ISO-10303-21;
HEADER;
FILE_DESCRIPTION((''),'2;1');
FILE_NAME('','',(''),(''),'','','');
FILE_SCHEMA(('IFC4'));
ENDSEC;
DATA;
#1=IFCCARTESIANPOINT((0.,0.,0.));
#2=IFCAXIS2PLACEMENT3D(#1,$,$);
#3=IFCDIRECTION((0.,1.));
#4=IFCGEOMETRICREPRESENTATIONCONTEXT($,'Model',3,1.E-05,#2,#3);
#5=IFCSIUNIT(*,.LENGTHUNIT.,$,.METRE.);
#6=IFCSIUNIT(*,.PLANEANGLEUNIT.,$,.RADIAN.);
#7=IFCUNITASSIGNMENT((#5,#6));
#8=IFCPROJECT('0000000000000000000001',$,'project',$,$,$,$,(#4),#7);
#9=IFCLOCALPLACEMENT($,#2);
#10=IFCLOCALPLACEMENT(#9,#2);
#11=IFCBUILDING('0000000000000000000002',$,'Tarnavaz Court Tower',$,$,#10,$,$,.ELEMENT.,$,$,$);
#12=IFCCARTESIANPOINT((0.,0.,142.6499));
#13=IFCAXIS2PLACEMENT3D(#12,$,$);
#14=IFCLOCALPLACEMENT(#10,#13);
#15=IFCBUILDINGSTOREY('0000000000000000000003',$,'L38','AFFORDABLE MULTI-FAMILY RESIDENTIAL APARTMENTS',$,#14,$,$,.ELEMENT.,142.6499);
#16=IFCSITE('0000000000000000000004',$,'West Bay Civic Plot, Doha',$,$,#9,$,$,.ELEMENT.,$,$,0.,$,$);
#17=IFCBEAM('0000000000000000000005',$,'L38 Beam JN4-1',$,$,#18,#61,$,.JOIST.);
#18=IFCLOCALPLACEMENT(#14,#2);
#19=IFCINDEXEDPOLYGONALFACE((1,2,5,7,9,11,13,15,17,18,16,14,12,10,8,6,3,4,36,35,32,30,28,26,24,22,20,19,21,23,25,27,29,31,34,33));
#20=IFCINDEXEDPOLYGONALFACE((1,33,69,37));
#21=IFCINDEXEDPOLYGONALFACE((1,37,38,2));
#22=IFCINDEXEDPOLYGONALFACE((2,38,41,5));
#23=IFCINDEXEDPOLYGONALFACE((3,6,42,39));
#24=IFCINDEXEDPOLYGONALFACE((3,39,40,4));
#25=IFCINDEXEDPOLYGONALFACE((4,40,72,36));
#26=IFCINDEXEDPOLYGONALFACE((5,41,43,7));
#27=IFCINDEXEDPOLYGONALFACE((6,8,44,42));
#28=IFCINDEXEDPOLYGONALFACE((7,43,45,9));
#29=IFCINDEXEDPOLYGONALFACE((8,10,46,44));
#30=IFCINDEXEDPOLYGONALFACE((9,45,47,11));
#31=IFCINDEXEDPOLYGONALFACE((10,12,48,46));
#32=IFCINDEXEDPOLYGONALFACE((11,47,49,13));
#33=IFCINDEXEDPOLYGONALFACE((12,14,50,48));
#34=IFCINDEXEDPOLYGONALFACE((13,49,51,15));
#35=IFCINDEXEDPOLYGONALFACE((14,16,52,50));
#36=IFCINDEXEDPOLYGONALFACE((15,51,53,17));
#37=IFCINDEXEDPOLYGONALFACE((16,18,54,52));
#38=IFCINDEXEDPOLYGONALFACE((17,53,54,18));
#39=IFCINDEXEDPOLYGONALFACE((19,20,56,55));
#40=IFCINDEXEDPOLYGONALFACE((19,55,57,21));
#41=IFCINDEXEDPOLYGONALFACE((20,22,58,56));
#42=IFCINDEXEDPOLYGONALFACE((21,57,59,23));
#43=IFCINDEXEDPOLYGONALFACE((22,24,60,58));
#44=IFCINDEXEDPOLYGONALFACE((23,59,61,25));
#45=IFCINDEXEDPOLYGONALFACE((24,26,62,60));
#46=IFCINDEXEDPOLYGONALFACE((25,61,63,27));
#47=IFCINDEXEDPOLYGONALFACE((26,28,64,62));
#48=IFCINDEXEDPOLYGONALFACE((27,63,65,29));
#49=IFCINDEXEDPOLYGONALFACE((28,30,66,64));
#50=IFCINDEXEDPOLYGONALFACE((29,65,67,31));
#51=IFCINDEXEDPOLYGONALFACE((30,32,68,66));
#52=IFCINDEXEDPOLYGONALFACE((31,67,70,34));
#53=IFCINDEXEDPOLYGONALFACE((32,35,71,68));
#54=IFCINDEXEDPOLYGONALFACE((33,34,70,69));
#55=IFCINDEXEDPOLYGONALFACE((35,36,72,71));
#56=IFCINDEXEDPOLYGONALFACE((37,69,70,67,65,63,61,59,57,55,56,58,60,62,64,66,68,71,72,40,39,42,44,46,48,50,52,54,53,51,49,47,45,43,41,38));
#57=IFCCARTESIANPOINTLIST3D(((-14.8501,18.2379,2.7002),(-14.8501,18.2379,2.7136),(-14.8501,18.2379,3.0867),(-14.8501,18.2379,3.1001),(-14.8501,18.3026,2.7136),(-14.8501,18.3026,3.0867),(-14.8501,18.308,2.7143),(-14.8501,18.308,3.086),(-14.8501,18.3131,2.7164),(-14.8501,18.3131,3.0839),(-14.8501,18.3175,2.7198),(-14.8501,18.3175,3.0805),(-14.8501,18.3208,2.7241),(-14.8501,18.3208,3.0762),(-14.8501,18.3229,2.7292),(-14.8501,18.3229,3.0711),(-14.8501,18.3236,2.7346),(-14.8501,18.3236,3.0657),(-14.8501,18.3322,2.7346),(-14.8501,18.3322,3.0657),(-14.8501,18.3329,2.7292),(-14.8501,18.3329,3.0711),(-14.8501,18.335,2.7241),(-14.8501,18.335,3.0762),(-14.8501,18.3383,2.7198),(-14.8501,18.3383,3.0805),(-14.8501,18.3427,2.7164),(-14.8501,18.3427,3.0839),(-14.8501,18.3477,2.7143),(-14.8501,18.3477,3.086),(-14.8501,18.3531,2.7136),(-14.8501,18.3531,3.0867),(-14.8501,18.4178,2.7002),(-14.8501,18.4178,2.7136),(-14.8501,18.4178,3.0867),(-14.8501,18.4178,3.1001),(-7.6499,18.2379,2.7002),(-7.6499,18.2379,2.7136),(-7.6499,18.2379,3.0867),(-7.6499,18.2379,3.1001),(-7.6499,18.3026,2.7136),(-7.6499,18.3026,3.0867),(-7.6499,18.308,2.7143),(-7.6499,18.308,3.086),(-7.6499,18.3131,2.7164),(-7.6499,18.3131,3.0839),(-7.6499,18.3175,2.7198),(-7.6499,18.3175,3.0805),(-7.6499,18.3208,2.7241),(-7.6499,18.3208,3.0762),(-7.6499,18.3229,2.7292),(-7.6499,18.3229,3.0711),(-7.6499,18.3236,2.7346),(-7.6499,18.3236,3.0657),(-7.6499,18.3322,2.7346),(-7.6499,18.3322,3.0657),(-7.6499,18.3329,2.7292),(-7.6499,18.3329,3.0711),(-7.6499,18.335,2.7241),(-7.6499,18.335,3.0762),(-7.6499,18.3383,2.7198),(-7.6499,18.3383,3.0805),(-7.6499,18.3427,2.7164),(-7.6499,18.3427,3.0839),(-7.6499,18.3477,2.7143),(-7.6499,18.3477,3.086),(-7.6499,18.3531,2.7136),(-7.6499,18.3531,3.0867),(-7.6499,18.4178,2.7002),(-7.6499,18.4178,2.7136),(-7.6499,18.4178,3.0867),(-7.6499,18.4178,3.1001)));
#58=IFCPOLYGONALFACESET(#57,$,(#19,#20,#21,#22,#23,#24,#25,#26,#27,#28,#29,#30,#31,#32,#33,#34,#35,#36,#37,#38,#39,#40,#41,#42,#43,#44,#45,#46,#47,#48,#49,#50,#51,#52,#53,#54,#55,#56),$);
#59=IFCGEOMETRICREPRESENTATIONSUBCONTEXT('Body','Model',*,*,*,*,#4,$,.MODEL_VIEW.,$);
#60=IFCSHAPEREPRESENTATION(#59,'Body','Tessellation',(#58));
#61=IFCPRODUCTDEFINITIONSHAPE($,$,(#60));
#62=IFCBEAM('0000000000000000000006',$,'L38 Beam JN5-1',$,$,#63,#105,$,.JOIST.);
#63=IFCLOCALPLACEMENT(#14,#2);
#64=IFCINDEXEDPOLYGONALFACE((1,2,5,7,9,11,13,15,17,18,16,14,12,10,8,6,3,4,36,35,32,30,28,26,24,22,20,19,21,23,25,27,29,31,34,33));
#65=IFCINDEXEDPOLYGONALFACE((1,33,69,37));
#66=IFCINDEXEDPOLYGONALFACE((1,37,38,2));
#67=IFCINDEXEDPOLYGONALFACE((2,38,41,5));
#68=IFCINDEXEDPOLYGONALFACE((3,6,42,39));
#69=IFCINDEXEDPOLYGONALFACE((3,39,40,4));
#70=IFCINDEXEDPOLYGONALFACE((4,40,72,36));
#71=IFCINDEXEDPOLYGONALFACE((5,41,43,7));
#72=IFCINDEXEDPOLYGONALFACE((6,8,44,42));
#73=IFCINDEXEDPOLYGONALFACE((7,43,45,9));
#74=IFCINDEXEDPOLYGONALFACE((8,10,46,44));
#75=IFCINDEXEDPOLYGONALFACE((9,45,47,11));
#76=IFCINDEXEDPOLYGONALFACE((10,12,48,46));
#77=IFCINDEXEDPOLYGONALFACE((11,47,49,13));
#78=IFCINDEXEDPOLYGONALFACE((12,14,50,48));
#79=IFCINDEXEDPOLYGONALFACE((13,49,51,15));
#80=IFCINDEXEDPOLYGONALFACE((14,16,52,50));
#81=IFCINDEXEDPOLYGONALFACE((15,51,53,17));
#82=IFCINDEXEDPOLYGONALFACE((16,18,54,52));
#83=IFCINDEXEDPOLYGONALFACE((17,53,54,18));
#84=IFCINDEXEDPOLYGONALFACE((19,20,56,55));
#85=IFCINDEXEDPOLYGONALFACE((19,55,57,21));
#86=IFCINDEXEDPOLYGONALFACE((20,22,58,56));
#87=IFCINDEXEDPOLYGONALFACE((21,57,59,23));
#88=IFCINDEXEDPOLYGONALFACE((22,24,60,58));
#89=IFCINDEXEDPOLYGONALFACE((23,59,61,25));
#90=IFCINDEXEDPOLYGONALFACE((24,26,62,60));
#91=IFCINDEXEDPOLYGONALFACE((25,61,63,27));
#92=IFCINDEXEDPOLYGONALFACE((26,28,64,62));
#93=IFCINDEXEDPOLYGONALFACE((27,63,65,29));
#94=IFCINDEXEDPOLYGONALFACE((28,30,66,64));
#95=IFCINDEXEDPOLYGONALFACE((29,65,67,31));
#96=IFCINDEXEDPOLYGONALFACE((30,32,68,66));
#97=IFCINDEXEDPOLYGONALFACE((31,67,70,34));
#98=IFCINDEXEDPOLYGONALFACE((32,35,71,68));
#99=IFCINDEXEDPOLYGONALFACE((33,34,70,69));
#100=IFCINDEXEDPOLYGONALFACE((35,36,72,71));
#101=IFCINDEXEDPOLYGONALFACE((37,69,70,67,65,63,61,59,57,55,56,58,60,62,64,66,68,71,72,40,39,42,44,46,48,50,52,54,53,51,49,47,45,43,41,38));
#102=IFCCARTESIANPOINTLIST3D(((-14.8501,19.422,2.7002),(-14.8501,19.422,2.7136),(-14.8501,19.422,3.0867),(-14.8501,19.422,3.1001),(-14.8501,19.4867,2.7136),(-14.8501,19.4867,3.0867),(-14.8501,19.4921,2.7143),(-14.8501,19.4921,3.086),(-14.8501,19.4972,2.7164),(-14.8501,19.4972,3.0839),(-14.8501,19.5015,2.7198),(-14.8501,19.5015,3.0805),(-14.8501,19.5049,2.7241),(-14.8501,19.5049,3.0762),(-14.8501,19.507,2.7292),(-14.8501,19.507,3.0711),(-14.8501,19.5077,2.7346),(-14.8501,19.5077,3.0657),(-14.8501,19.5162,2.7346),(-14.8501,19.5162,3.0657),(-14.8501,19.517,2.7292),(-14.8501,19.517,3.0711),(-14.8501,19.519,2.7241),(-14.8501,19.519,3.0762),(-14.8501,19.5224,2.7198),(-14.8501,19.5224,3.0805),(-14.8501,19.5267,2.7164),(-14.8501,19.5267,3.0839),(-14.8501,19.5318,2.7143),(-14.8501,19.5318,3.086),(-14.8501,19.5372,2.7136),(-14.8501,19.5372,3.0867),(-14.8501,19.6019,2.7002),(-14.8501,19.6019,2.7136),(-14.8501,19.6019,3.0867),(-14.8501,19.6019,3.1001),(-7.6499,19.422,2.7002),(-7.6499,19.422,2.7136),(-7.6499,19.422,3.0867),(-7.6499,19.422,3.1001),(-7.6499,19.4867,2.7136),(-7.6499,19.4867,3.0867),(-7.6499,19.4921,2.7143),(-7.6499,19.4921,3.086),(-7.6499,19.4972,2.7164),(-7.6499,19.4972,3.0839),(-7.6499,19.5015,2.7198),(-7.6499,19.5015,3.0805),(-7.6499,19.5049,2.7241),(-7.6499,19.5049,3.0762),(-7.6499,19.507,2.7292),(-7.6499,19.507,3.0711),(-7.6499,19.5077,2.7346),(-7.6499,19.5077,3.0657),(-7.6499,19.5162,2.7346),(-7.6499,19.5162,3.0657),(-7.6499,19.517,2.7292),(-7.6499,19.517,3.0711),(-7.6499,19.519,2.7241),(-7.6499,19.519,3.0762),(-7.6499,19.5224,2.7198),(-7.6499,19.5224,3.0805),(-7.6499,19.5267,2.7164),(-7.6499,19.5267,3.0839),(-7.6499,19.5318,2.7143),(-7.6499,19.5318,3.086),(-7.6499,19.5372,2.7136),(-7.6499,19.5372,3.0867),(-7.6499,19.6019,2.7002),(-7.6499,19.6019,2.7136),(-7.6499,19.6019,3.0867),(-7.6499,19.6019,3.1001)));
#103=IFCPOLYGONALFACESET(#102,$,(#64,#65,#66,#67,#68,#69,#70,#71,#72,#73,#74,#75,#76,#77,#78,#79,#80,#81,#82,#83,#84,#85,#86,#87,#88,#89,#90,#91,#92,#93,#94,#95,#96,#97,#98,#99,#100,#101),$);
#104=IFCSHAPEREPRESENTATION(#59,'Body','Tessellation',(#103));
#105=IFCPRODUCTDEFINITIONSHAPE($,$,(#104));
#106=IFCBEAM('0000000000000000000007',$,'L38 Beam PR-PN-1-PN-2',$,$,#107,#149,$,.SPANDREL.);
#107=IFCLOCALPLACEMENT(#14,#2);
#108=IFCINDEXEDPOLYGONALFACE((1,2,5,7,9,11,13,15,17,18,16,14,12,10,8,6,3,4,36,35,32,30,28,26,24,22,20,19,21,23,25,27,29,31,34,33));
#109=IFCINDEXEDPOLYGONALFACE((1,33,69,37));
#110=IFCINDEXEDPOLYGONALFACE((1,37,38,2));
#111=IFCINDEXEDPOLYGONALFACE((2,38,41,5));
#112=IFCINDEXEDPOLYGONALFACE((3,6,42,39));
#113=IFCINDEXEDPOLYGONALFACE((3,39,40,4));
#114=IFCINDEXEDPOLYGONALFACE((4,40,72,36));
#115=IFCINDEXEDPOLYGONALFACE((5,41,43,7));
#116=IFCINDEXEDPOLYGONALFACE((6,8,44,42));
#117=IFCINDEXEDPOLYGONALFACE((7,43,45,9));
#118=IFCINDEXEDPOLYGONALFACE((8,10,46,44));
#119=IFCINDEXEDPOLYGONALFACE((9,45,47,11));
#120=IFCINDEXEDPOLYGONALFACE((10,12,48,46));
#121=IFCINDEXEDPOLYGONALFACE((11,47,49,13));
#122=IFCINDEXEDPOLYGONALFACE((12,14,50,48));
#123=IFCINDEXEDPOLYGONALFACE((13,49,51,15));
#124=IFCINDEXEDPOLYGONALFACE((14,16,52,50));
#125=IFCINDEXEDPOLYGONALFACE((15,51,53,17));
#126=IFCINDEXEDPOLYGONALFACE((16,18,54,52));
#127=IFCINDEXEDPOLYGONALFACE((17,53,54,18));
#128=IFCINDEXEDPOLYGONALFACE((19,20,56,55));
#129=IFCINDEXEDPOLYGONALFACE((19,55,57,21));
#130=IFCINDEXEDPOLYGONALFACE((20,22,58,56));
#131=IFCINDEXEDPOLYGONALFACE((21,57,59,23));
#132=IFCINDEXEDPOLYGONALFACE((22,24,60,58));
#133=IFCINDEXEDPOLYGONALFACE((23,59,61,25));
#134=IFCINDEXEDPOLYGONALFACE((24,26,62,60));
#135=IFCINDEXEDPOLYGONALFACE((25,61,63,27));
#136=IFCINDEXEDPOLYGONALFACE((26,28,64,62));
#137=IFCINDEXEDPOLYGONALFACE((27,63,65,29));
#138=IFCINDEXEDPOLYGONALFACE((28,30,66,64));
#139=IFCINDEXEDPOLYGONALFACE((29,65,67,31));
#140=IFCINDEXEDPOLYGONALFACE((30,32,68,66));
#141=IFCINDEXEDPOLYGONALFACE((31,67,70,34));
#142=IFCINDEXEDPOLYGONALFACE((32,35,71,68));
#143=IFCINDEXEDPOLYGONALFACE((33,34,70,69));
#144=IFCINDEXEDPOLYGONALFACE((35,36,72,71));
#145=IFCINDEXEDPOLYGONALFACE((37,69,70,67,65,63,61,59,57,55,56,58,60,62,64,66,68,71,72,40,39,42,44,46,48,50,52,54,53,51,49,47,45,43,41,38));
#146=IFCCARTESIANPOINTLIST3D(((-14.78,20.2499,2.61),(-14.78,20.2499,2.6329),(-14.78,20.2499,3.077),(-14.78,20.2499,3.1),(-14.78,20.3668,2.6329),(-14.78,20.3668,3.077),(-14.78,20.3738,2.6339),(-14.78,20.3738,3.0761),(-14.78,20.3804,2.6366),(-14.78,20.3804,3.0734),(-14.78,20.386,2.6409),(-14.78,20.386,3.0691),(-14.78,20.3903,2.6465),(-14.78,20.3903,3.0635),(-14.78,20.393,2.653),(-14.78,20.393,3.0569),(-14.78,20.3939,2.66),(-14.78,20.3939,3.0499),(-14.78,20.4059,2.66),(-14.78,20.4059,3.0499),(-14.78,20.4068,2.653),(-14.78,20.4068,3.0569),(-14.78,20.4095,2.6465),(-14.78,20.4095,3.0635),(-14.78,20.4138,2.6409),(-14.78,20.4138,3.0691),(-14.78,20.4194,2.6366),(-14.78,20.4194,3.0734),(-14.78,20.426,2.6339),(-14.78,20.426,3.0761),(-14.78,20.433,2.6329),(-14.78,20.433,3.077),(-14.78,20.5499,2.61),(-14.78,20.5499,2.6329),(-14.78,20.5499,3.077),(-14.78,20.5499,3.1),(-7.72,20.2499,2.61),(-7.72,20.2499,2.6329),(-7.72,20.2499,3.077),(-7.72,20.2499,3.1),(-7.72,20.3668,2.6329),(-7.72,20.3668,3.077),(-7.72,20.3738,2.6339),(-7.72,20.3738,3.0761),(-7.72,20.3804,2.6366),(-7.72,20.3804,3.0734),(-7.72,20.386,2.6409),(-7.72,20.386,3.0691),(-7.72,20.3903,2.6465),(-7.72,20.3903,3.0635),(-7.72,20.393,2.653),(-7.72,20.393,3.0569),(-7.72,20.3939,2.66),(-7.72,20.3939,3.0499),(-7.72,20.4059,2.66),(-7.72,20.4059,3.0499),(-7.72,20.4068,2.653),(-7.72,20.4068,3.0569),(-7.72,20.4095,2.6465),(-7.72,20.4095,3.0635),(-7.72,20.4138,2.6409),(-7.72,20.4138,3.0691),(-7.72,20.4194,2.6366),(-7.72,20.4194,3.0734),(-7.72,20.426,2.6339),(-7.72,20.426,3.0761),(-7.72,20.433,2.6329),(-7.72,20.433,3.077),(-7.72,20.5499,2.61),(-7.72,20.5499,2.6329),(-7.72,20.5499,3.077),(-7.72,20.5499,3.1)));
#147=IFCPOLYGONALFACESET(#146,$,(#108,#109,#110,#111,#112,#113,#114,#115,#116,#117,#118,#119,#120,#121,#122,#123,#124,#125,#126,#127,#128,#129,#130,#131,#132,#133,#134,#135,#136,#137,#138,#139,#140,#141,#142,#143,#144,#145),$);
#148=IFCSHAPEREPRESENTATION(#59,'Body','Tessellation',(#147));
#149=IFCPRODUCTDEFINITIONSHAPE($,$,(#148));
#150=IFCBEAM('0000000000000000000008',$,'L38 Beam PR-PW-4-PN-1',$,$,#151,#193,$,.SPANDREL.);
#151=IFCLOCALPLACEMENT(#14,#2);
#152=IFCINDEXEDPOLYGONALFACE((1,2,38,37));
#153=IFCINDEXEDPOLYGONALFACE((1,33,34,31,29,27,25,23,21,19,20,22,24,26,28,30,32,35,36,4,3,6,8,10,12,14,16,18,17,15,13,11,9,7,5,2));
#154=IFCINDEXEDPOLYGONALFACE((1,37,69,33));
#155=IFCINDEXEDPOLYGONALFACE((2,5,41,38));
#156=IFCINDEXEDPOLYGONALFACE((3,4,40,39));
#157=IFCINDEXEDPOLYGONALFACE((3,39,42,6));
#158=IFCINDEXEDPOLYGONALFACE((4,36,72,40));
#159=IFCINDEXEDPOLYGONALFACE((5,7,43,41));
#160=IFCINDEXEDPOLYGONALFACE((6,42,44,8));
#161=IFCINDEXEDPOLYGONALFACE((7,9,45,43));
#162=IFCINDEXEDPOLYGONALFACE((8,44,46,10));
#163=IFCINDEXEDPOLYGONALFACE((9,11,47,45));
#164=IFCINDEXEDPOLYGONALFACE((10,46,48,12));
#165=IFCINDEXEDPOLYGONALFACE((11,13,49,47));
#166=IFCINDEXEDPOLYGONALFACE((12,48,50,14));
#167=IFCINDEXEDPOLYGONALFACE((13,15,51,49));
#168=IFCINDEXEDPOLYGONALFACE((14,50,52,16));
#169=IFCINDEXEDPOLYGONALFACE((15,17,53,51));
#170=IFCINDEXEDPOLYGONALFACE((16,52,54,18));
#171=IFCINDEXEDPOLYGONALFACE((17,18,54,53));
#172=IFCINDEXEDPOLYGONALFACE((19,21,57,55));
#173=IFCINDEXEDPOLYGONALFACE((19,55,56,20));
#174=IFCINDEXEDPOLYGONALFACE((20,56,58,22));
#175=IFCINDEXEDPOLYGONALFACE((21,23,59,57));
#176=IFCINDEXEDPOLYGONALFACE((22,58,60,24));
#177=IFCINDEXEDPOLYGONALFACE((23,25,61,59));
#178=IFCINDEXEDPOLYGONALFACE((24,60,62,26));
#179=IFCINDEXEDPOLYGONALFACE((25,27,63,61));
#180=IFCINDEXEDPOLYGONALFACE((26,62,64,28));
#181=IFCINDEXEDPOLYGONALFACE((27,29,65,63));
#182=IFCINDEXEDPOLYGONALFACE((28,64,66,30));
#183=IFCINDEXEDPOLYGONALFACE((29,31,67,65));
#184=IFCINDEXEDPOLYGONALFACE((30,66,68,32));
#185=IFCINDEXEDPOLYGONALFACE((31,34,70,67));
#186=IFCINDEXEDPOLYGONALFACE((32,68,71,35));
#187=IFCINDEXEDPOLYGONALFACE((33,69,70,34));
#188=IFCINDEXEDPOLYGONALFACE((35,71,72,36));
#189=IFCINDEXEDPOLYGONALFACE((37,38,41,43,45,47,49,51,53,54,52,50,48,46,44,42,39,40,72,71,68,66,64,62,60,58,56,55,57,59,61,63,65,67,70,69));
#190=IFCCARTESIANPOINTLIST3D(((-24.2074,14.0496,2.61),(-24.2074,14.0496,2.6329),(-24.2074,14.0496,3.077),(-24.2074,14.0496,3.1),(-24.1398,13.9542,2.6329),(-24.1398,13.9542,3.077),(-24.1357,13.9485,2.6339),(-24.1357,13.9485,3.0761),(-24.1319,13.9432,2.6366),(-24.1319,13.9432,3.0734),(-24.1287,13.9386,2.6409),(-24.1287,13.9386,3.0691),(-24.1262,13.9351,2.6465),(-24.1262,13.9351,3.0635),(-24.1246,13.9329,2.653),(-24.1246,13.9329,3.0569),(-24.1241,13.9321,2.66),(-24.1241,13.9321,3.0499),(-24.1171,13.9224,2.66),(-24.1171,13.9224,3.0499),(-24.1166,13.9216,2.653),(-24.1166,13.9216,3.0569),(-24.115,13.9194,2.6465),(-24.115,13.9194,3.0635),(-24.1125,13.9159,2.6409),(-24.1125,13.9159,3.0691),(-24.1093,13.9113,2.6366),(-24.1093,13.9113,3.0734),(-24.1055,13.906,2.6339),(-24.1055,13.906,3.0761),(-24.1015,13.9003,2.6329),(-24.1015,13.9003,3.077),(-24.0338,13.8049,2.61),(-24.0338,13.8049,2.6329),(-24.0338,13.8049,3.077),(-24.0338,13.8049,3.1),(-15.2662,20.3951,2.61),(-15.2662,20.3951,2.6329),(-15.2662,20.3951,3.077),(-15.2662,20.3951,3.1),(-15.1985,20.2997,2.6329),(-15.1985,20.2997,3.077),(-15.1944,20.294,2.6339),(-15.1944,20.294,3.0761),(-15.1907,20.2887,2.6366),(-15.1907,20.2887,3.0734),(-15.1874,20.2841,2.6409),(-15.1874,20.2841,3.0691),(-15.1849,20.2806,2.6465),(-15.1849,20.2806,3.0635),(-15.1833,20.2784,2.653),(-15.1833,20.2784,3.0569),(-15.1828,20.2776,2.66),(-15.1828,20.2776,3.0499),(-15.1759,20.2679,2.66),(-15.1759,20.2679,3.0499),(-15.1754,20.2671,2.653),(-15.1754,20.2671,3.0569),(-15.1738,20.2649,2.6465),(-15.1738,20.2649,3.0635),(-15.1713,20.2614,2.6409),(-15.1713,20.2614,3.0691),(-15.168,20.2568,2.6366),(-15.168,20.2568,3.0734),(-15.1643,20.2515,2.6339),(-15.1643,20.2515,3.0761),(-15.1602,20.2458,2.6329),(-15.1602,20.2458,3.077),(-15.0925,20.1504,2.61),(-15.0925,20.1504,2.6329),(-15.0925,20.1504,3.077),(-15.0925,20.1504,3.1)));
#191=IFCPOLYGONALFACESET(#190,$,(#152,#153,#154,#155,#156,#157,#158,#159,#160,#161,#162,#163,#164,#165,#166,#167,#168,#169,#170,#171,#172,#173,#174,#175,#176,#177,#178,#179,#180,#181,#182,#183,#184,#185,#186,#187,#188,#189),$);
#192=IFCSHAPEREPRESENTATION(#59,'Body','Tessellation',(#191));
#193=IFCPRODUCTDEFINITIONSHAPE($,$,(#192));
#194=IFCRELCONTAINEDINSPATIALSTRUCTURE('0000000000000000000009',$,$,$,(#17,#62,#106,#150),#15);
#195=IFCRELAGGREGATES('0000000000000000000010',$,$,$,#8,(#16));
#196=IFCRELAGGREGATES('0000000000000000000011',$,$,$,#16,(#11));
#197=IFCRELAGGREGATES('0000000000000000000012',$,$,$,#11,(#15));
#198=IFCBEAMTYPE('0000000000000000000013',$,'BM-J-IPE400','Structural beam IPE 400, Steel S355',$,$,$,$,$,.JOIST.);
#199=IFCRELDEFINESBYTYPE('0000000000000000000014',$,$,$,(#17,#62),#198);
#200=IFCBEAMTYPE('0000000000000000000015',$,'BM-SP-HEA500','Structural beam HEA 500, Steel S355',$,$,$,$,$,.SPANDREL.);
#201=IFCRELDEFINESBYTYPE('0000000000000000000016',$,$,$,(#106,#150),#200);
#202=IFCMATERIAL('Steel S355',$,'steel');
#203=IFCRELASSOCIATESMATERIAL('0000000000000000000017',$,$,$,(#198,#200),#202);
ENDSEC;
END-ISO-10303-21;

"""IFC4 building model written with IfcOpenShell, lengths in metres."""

from ifc_helpers import new_model, si_unit, direction, frame, origin, origin_2d, place, context, subcontext, project, spatial, i_section, extrude, material, material_profile, profile_set, type_object, element, save


model = new_model("IFC4")

# Units and contexts
model_context = context("Model", 3, precision=1e-05, world=origin(), true_north=direction((0.0, 1.0)))
body_context = subcontext(model_context, "Body", "Model", "MODEL_VIEW")
ifc_project = project(units=[si_unit("LENGTHUNIT", "METRE"), si_unit("PLANEANGLEUNIT", "RADIAN")], contexts=[model_context])

# Site, building, storey
site_placement = place(None, origin())
site = spatial("IfcSite", under=ifc_project, at=site_placement, Name="West Bay Civic Plot, Doha", CompositionType="ELEMENT", RefElevation=0.0)
building_placement = place(site_placement, origin())
building = spatial("IfcBuilding", under=site, at=building_placement, Name="Tarnavaz Court Tower", CompositionType="ELEMENT")
storey_placement = place(building_placement, frame((0.0, 0.0, 142.6499)))
storey = spatial("IfcBuildingStorey", under=building, at=storey_placement, Name="L38", Description="AFFORDABLE MULTI-FAMILY RESIDENTIAL APARTMENTS", CompositionType="ELEMENT", Elevation=142.6499)

# Beams
ifc_material_1 = material(Name="Steel S355", Category="steel")
ifc_material_profile_1 = material_profile(ifc_material_1, i_section(OverallWidth=0.1799, OverallDepth=0.3999, WebThickness=0.0085, FlangeThickness=0.0134, FilletRadius=0.021, at=origin_2d()), Name="IPE 400")
ifc_profile_set_1 = profile_set([ifc_material_profile_1], Name="Steel S355")
beam_type_1 = type_object("IfcBeamType", Name="BM-J-IPE400", Description="Structural beam IPE 400, Steel S355", PredefinedType="JOIST", material=ifc_profile_set_1)
for number, where, z_axis, x_axis, name in (
    (1, (-14.8501, 18.3279, 2.9001), (1.0, 0.0, 0.0), (0.0, 1.0, 0.0), "L38 Beam JN4-1"),
    (2, (-14.8501, 19.512, 2.9001), (1.0, 0.0, 0.0), (0.0, 1.0, 0.0), "L38 Beam JN5-1"),
):
    element("IfcBeam", number, at=place(storey_placement, frame(where, z_axis=z_axis, x_axis=x_axis)), inside=storey, type_object=beam_type_1, Name=name, PredefinedType="JOIST", context=body_context, shape_type="SweptSolid", body=[
        extrude(i_section(OverallWidth=0.1799, OverallDepth=0.3999, WebThickness=0.0085, FlangeThickness=0.0134, FilletRadius=0.021, at=origin_2d()), origin(), (0.0, 0.0, 1.0), 7.2002),
    ])
ifc_material_profile_2 = material_profile(ifc_material_1, i_section(OverallWidth=0.3, OverallDepth=0.49, WebThickness=0.012, FlangeThickness=0.0229, FilletRadius=0.0271, at=origin_2d()), Name="HEA 500")
ifc_profile_set_2 = profile_set([ifc_material_profile_2], Name="Steel S355")
beam_type_2 = type_object("IfcBeamType", Name="BM-SP-HEA500", Description="Structural beam HEA 500, Steel S355", PredefinedType="SPANDREL", material=ifc_profile_set_2)
beam_1_placement = place(storey_placement, frame((-14.78, 20.3999, 2.855), z_axis=(1.0, 0.0, 0.0), x_axis=(0.0, 1.0, 0.0)))
element("IfcBeam", 3, at=beam_1_placement, inside=storey, type_object=beam_type_2, Name="L38 Beam PR-PN-1-PN-2", PredefinedType="SPANDREL", context=body_context, shape_type="SweptSolid", body=[
    extrude(i_section(OverallWidth=0.3, OverallDepth=0.49, WebThickness=0.012, FlangeThickness=0.0229, FilletRadius=0.0271, at=origin_2d()), origin(), (0.0, 0.0, 1.0), 7.0601),
])
beam_2_placement = place(storey_placement, frame((-24.1206, 13.9272, 2.855), z_axis=(0.815502, 0.578754, 0.0), x_axis=(-0.578754, 0.815502, 0.0)))
element("IfcBeam", 4, at=beam_2_placement, inside=storey, type_object=beam_type_2, Name="L38 Beam PR-PW-4-PN-1", PredefinedType="SPANDREL", context=body_context, shape_type="SweptSolid", body=[
    extrude(i_section(OverallWidth=0.3, OverallDepth=0.49, WebThickness=0.012, FlangeThickness=0.0229, FilletRadius=0.0271, at=origin_2d()), origin(), (0.0, 0.0, 1.0), 10.9641),
])

save(model, "model.ifc")
